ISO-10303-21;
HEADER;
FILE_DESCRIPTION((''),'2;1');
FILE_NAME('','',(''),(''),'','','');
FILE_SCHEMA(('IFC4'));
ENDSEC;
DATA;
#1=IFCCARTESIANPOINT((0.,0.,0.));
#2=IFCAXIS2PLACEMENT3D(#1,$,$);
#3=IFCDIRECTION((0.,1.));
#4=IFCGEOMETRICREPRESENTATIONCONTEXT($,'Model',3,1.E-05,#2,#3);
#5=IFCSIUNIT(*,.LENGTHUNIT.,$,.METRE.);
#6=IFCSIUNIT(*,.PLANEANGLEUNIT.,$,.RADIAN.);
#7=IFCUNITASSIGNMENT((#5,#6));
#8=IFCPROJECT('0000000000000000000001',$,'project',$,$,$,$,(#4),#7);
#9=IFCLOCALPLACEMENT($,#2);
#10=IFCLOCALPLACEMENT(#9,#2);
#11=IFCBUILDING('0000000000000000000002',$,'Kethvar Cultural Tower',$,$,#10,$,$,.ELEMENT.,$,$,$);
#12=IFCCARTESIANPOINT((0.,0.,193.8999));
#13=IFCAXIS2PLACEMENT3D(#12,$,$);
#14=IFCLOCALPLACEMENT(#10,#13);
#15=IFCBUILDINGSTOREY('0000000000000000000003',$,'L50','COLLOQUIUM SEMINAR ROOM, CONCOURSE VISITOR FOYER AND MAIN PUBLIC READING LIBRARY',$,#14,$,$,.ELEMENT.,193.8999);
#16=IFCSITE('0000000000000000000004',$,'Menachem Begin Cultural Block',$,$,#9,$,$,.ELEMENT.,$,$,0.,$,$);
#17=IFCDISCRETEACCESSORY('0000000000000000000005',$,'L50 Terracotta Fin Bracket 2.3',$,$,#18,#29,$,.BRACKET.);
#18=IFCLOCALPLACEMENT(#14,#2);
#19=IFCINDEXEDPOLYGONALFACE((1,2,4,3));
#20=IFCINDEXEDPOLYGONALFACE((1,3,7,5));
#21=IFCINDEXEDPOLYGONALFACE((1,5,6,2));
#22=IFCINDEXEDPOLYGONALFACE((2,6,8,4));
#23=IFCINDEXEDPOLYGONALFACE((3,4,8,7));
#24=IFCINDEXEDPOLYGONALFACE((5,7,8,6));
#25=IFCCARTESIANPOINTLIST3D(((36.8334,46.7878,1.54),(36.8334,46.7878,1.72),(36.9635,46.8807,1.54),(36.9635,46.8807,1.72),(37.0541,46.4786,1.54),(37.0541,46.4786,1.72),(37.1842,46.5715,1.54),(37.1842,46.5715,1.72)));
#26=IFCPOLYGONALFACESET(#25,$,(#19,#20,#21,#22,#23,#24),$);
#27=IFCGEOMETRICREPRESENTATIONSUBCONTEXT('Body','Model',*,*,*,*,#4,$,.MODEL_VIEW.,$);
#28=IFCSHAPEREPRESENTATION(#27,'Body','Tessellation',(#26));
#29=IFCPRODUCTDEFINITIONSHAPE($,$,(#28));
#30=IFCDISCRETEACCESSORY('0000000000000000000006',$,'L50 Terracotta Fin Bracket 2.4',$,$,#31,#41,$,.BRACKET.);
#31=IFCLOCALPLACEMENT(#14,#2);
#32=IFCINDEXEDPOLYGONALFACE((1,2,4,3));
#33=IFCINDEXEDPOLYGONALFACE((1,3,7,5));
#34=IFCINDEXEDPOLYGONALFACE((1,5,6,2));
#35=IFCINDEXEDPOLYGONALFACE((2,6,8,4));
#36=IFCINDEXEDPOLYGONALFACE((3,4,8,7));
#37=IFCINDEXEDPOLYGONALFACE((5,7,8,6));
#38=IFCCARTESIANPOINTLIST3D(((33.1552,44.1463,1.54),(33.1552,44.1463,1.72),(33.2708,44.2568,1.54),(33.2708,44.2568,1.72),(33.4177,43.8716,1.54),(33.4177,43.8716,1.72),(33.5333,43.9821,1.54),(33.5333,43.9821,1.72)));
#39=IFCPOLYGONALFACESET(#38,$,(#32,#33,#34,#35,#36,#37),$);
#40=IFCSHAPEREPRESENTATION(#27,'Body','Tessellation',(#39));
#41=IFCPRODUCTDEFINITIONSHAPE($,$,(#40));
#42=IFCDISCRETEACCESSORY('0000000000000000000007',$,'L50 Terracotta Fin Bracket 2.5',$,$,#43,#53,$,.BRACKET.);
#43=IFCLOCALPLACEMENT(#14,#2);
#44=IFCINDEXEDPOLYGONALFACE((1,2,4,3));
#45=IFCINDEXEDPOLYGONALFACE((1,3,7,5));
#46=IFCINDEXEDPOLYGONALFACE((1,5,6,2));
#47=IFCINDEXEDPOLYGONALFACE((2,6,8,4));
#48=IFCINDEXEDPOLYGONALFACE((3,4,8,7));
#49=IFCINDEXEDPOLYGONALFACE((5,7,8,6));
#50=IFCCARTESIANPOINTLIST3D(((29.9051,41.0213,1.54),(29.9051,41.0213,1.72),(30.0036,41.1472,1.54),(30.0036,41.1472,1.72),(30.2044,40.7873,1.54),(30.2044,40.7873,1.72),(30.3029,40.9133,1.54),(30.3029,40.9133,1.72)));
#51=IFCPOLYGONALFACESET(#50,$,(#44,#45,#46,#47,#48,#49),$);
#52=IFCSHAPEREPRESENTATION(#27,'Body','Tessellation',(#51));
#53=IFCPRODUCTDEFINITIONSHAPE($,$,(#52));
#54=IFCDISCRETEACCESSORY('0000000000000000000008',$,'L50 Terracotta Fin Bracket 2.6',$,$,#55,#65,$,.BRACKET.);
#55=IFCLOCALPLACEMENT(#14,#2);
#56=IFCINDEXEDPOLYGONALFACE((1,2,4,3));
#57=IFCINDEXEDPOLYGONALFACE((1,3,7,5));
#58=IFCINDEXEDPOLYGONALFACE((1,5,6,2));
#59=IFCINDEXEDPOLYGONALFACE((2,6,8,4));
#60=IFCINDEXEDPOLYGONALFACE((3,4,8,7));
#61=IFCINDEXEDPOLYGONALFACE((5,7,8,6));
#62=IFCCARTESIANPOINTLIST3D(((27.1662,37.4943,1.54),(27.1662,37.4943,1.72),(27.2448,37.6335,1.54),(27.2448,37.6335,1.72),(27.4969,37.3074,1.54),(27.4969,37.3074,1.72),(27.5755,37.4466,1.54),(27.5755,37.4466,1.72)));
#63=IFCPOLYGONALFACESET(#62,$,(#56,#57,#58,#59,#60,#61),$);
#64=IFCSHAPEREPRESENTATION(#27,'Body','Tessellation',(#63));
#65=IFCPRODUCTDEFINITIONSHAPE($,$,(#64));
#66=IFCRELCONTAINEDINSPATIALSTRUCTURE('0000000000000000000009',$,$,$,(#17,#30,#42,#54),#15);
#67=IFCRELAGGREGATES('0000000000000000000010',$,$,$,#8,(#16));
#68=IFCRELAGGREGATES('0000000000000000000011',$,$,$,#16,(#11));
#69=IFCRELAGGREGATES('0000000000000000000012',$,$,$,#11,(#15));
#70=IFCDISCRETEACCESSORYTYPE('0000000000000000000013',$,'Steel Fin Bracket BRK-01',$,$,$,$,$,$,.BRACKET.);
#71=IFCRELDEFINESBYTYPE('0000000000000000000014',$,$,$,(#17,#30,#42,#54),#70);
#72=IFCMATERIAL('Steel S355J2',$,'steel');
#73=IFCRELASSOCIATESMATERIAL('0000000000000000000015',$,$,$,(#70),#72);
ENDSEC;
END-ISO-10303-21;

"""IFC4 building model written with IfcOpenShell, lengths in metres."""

from ifc_helpers import new_model, si_unit, direction, frame, origin, origin_2d, place, context, subcontext, project, spatial, rectangle, extrude, source, transform, mapped, material, type_object, element, save


model = new_model("IFC4")

# Units and contexts
model_context = context("Model", 3, precision=1e-05, world=origin(), true_north=direction((0.0, 1.0)))
body_context = subcontext(model_context, "Body", "Model", "MODEL_VIEW")
ifc_project = project(units=[si_unit("LENGTHUNIT", "METRE"), si_unit("PLANEANGLEUNIT", "RADIAN")], contexts=[model_context])

# Site, building, storey
site_placement = place(None, origin())
site = spatial("IfcSite", under=ifc_project, at=site_placement, Name="Menachem Begin Cultural Block", CompositionType="ELEMENT", RefElevation=0.0)
building_placement = place(site_placement, origin())
building = spatial("IfcBuilding", under=site, at=building_placement, Name="Kethvar Cultural Tower", CompositionType="ELEMENT")
storey_placement = place(building_placement, frame((0.0, 0.0, 193.8999)))
storey = spatial("IfcBuildingStorey", under=building, at=storey_placement, Name="L50", Description="COLLOQUIUM SEMINAR ROOM, CONCOURSE VISITOR FOYER AND MAIN PUBLIC READING LIBRARY", CompositionType="ELEMENT", Elevation=193.8999)

# Shared definitions
ifc_material_1 = material(Name="Steel S355J2", Category="steel")

# Discrete accessories
discrete_accessory_type = type_object("IfcDiscreteAccessoryType", Name="Steel Fin Bracket BRK-01", PredefinedType="BRACKET", material=ifc_material_1)
shared_shape_1 = source(origin(), body_context, "Body", "SweptSolid", [
    extrude(rectangle(XDim=0.3799, YDim=0.1599, at=origin_2d()), origin(), (0.0, 0.0, 1.0), 0.1799),
])
for number, where, z_axis, x_axis, name in (
    (1, (37.0088, 46.6797, 1.54), (0.0, 0.0, 1.0), (-0.580987, 0.813913, 0.0), "L50 Terracotta Fin Bracket 2.3"),
    (2, (33.3442, 44.0642, 1.54), (0.0, 0.0, 1.0), (-0.690882, 0.722967, 0.0), "L50 Terracotta Fin Bracket 2.4"),
    (3, (30.104, 40.9673, 1.54), (0.0, 0.0, 1.0), (-0.787903, 0.615799, 0.0), "L50 Terracotta Fin Bracket 2.5"),
    (4, (27.3708, 37.4705, 1.54), (0.0, 0.0, 1.0), (-0.870528, 0.49212, 0.0), "L50 Terracotta Fin Bracket 2.6"),
):
    element("IfcDiscreteAccessory", number, at=place(storey_placement, frame(where, z_axis=z_axis, x_axis=x_axis)), inside=storey, type_object=discrete_accessory_type, Name=name, PredefinedType="BRACKET", context=body_context, shape_type="MappedRepresentation", body=[
        mapped(shared_shape_1, transform((0.0, 0.0, 0.0), scale=1.0)),
    ])

save(model, "model.ifc")
